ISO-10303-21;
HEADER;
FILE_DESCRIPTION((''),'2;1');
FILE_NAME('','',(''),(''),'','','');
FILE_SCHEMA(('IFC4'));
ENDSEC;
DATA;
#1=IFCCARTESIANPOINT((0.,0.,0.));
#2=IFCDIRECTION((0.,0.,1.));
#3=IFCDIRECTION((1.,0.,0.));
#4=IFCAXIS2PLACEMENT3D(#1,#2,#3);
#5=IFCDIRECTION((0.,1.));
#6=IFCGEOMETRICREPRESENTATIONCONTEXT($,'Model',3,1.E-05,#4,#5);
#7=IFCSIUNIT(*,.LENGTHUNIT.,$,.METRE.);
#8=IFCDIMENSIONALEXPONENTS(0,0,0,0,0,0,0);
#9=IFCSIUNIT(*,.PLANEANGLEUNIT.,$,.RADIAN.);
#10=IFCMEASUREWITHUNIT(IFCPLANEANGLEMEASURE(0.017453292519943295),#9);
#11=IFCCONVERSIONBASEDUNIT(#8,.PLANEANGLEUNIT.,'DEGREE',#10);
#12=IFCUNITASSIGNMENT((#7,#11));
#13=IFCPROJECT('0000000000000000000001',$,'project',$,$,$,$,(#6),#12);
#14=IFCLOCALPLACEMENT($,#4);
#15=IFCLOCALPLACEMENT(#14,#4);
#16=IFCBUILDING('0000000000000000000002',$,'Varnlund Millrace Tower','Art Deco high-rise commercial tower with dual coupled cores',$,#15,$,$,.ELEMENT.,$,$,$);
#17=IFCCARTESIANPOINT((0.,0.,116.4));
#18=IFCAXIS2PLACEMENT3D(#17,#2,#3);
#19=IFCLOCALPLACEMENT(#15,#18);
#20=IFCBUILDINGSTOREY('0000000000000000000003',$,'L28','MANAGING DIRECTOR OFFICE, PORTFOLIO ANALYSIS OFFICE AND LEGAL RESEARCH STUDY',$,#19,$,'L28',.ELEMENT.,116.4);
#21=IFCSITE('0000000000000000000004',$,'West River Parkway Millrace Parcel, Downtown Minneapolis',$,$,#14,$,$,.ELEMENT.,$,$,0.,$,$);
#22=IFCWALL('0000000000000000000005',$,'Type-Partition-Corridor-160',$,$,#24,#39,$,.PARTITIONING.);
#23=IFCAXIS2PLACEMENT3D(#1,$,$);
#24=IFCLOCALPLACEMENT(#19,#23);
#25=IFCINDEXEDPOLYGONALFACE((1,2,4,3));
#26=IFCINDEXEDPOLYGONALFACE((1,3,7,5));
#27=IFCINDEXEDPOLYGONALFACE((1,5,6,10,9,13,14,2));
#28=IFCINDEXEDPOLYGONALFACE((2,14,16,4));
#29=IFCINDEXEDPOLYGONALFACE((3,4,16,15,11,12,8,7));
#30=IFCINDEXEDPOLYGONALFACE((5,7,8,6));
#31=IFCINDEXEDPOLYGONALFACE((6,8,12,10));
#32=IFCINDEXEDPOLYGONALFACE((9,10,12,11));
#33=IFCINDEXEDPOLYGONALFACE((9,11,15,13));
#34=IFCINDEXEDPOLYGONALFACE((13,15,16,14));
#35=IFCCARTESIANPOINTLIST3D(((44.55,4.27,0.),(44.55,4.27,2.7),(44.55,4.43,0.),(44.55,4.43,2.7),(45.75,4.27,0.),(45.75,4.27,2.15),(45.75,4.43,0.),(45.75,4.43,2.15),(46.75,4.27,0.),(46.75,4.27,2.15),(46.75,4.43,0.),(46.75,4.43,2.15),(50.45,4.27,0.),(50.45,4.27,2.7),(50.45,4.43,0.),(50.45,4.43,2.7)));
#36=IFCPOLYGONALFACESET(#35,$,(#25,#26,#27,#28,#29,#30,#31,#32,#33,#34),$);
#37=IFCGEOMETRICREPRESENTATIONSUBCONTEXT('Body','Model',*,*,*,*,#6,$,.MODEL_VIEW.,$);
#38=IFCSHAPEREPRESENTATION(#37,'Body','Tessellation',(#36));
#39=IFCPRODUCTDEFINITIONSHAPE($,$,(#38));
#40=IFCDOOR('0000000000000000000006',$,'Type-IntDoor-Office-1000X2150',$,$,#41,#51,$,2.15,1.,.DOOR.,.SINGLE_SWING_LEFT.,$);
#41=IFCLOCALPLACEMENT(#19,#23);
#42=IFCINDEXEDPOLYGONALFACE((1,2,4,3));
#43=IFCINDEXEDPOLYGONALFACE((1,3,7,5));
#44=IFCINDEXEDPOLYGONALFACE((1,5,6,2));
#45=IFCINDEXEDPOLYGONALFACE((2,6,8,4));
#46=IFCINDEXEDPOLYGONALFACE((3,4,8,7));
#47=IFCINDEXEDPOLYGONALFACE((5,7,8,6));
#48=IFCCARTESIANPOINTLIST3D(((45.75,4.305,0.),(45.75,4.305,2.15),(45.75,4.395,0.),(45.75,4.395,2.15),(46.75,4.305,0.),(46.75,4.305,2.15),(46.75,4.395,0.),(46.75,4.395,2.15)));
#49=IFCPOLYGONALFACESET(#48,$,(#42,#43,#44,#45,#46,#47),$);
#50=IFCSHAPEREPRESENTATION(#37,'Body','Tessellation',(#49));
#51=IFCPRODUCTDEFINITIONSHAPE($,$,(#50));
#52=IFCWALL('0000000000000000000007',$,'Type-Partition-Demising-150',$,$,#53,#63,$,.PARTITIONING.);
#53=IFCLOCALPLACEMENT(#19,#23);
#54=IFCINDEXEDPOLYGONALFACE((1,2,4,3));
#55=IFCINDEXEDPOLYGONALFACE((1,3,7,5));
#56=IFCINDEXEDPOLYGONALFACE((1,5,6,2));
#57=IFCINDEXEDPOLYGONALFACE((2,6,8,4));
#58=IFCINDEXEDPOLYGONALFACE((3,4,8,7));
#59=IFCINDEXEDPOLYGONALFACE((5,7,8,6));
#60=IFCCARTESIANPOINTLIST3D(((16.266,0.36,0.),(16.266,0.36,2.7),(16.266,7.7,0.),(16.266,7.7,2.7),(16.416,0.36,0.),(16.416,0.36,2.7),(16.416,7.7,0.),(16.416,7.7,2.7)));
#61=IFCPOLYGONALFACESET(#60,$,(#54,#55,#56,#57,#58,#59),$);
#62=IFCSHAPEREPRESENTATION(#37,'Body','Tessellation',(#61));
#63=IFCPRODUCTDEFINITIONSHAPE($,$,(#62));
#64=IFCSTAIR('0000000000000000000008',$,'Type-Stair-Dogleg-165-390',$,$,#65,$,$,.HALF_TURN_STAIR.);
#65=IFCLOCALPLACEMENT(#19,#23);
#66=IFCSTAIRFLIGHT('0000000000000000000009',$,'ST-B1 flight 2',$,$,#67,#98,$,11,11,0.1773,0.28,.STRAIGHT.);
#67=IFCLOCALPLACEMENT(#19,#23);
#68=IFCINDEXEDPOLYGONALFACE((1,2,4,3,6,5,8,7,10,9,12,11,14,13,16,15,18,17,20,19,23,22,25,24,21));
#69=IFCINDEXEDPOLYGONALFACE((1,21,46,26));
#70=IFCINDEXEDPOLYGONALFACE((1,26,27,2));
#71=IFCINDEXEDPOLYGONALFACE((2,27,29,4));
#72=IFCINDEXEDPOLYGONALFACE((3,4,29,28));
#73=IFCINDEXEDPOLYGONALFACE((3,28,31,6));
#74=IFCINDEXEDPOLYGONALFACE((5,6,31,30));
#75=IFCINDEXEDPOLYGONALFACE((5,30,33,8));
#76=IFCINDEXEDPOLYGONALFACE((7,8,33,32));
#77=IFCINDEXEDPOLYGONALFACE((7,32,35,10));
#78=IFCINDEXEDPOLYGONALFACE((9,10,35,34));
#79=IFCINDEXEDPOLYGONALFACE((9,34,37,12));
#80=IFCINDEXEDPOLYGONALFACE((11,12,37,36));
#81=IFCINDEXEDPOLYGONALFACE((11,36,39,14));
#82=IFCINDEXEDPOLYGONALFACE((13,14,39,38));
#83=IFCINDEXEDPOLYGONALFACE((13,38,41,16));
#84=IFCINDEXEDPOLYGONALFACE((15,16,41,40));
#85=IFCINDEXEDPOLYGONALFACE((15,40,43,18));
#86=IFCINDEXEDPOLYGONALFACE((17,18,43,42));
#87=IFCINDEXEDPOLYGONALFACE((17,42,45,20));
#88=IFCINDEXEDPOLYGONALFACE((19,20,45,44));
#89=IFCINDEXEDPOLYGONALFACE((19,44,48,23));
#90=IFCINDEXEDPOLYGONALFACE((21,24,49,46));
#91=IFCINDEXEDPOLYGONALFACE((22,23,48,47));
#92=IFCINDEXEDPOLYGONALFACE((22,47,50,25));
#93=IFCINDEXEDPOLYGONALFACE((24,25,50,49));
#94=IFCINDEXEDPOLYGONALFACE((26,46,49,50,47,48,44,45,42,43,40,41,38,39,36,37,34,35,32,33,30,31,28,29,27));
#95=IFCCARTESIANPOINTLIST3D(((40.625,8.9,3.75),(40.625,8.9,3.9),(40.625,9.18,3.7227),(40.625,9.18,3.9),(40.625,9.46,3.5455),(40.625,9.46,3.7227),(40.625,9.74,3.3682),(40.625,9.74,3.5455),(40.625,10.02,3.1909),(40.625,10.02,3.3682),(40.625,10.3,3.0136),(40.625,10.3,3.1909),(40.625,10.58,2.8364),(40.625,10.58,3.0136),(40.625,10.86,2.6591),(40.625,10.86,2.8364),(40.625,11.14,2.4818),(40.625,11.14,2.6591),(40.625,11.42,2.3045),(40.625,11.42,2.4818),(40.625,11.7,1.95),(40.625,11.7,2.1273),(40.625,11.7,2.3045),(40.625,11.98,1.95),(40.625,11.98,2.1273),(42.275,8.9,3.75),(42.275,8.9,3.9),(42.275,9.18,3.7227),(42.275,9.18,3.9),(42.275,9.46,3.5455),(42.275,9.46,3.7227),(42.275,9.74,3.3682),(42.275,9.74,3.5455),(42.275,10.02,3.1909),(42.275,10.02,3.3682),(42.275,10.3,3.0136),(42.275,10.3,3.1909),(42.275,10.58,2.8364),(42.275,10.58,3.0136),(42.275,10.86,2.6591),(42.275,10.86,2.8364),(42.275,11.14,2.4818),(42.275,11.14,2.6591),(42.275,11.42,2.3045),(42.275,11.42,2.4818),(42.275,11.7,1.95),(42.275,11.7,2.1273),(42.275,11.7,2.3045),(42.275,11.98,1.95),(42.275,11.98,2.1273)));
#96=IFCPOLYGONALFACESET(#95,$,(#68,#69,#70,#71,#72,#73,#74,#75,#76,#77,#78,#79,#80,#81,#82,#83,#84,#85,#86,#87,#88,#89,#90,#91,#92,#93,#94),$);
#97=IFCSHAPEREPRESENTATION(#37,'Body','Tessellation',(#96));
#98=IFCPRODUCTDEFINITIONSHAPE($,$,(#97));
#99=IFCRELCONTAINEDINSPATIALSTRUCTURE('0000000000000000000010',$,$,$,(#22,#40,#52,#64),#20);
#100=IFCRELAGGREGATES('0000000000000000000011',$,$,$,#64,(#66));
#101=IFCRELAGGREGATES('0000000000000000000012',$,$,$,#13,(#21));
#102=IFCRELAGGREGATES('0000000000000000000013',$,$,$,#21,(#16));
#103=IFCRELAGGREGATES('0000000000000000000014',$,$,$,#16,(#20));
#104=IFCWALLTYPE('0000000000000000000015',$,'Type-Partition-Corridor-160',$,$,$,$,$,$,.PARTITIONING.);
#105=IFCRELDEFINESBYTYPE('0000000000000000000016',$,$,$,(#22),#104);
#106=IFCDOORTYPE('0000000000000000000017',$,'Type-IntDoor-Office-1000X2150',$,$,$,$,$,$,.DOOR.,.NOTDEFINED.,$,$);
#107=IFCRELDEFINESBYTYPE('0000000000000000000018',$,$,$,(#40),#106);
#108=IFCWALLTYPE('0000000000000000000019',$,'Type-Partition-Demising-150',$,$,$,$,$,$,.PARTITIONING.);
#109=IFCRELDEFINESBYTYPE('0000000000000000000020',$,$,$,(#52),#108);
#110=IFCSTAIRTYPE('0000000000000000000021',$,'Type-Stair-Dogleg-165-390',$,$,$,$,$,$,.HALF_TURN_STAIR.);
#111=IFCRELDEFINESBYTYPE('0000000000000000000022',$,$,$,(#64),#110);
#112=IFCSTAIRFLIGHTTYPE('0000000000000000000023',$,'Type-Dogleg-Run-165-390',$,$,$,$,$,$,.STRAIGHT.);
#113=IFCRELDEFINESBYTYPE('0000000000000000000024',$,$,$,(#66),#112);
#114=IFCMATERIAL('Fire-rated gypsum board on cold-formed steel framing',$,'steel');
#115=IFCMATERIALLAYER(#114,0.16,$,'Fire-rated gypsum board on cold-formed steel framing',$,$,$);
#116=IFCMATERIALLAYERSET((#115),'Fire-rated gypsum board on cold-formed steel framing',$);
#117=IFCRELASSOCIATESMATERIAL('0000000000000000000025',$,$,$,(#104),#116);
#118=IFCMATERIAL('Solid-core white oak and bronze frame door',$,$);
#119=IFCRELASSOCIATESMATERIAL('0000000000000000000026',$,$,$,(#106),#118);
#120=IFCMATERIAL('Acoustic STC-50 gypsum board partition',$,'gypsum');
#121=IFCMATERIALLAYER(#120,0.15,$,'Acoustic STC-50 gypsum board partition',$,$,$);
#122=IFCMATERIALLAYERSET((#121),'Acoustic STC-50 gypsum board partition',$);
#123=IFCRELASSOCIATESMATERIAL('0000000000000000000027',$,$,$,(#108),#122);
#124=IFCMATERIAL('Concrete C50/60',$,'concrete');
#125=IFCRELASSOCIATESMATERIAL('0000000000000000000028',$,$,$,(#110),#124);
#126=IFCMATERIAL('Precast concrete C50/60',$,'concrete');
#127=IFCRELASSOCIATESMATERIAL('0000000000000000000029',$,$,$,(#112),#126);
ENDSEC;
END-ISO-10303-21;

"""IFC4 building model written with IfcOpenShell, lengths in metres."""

from ifc_helpers import new_model, entity, si_unit, converted_unit, direction, frame, origin_with_axes, origin_2d_with_axis, place, context, subcontext, project, spatial, polyline, rectangle, outline, extrude, material, layer, layer_set, type_object, element, fill, aggregate, save


model = new_model("IFC4")

# Units and contexts
model_context = context("Model", 3, precision=1e-05, world=origin_with_axes(), true_north=direction((0.0, 1.0)))
body_context = subcontext(model_context, "Body", "Model", "MODEL_VIEW")
ifc_project = project(units=[si_unit("LENGTHUNIT", "METRE"), converted_unit("PLANEANGLEUNIT", "DEGREE", entity("IfcPlaneAngleMeasure", 0.017453292519943295), si_unit("PLANEANGLEUNIT", "RADIAN"), dimensions=[0, 0, 0, 0, 0, 0, 0])], contexts=[model_context])

# Site, building, storey
site_placement = place(None, origin_with_axes())
site = spatial("IfcSite", under=ifc_project, at=site_placement, Name="West River Parkway Millrace Parcel, Downtown Minneapolis", CompositionType="ELEMENT", RefElevation=0.0)
building_placement = place(site_placement, origin_with_axes())
building = spatial("IfcBuilding", under=site, at=building_placement, Name="Varnlund Millrace Tower", Description="Art Deco high-rise commercial tower with dual coupled cores", CompositionType="ELEMENT")
storey_placement = place(building_placement, frame((0.0, 0.0, 116.4), z_axis=(0.0, 0.0, 1.0), x_axis=(1.0, 0.0, 0.0)))
storey = spatial("IfcBuildingStorey", under=building, at=storey_placement, Name="L28", Description="MANAGING DIRECTOR OFFICE, PORTFOLIO ANALYSIS OFFICE AND LEGAL RESEARCH STUDY", LongName="L28", CompositionType="ELEMENT", Elevation=116.4)

# Shared definitions
ifc_material_1 = material(Name="Precast concrete C50/60", Category="concrete")

# Wall, opening, door
ifc_material_2 = material(Name="Fire-rated gypsum board on cold-formed steel framing", Category="steel")
ifc_layer_1 = layer(ifc_material_2, 0.16, Name="Fire-rated gypsum board on cold-formed steel framing")
ifc_layer_set_1 = layer_set([ifc_layer_1], Name="Fire-rated gypsum board on cold-formed steel framing")
wall_type_1 = type_object("IfcWallType", Name="Type-Partition-Corridor-160", PredefinedType="PARTITIONING", material=ifc_layer_set_1)
wall_1_placement = place(storey_placement, frame((44.55, 4.35, 0.0), z_axis=(0.0, 0.0, 1.0), x_axis=(1.0, 0.0, 0.0)))
wall_1 = element("IfcWall", 1, at=wall_1_placement, inside=storey, type_object=wall_type_1, Name="Type-Partition-Corridor-160", PredefinedType="PARTITIONING", context=body_context, shape_type="SweptSolid", body=[
    extrude(outline(polyline([(0.0, -0.08), (5.9, -0.08), (5.9, 0.08), (0.0, 0.08), (0.0, -0.08)])), origin_with_axes(), (0.0, 0.0, 1.0), 2.7),
])
opening_1_placement = place(wall_1_placement, frame((1.7, 0.0, 0.0), z_axis=(0.0, 0.0, 1.0), x_axis=(1.0, 0.0, 0.0)))
opening_1 = element("IfcOpeningElement", 2, at=opening_1_placement, cuts=wall_1, PredefinedType="OPENING", context=body_context, shape_type="SweptSolid", body=[
    extrude(rectangle(XDim=1.0, YDim=0.18, at=origin_2d_with_axis()), origin_with_axes(), (0.0, 0.0, 1.0), 2.15),
])
ifc_material_3 = material(Name="Solid-core white oak and bronze frame door")
door_type = type_object("IfcDoorType", Name="Type-IntDoor-Office-1000X2150", OperationType="NOTDEFINED", PredefinedType="DOOR", material=ifc_material_3)
door_placement = place(wall_1_placement, frame((1.7, 0.0, 0.0), z_axis=(0.0, 0.0, 1.0), x_axis=(1.0, 0.0, 0.0)))
door = element("IfcDoor", 3, at=door_placement, inside=storey, type_object=door_type, Name="Type-IntDoor-Office-1000X2150", OperationType="SINGLE_SWING_LEFT", OverallHeight=2.15, OverallWidth=1.0, PredefinedType="DOOR", context=body_context, shape_type="SweptSolid", body=[
    extrude(rectangle(XDim=1.0, YDim=0.09, at=origin_2d_with_axis()), origin_with_axes(), (0.0, 0.0, 1.0), 2.15),
])
fill(opening_1, door)

# Wall
ifc_material_4 = material(Name="Acoustic STC-50 gypsum board partition", Category="gypsum")
ifc_layer_2 = layer(ifc_material_4, 0.15, Name="Acoustic STC-50 gypsum board partition")
ifc_layer_set_2 = layer_set([ifc_layer_2], Name="Acoustic STC-50 gypsum board partition")
wall_type_2 = type_object("IfcWallType", Name="Type-Partition-Demising-150", PredefinedType="PARTITIONING", material=ifc_layer_set_2)
wall_2_placement = place(storey_placement, frame((16.341, 0.36, 0.0), z_axis=(0.0, 0.0, 1.0), x_axis=(0.0, 1.0, 0.0)))
element("IfcWall", 4, at=wall_2_placement, inside=storey, type_object=wall_type_2, Name="Type-Partition-Demising-150", PredefinedType="PARTITIONING", context=body_context, shape_type="SweptSolid", body=[
    extrude(outline(polyline([(0.0, -0.075), (7.34, -0.075), (7.34, 0.075), (0.0, 0.075), (0.0, -0.075)])), origin_with_axes(), (0.0, 0.0, 1.0), 2.7),
])

# Stair, stair flight
ifc_material_5 = material(Name="Concrete C50/60", Category="concrete")
stair_type = type_object("IfcStairType", Name="Type-Stair-Dogleg-165-390", PredefinedType="HALF_TURN_STAIR", material=ifc_material_5)
stair_placement = place(storey_placement, origin_with_axes())
stair = element("IfcStair", 5, at=stair_placement, inside=storey, type_object=stair_type, Name="Type-Stair-Dogleg-165-390", PredefinedType="HALF_TURN_STAIR")
stair_flight_type = type_object("IfcStairFlightType", Name="Type-Dogleg-Run-165-390", PredefinedType="STRAIGHT", material=ifc_material_1)
stair_flight_placement = place(storey_placement, frame((42.275, 11.98, 1.95), z_axis=(-1.0, 0.0, 0.0), x_axis=(0.0, -1.0, 0.0)))
stair_flight = element("IfcStairFlight", 6, at=stair_flight_placement, type_object=stair_flight_type, Name="ST-B1 flight 2", NumberOfRisers=11, NumberOfTreads=11, PredefinedType="STRAIGHT", RiserHeight=0.1773, TreadLength=0.28, context=body_context, shape_type="SweptSolid", body=[
    extrude(outline(polyline([(0.0, 0.0), (0.0, 0.1773), (0.28, 0.1773), (0.28, 0.3545), (0.56, 0.3545), (0.56, 0.5318), (0.84, 0.5318), (0.84, 0.7091), (1.12, 0.7091), (1.12, 0.8864), (1.4, 0.8864), (1.4, 1.0636), (1.68, 1.0636), (1.68, 1.2409), (1.96, 1.2409), (1.96, 1.4182), (2.24, 1.4182), (2.24, 1.5955), (2.52, 1.5955), (2.52, 1.7727), (2.8, 1.7727), (2.8, 1.95), (3.08, 1.95), (3.08, 1.8), (0.28, 0.0), (0.0, 0.0)])), origin_with_axes(), (0.0, 0.0, 1.0), 1.65),
])
aggregate(stair, [stair_flight])

save(model, "model.ifc")
